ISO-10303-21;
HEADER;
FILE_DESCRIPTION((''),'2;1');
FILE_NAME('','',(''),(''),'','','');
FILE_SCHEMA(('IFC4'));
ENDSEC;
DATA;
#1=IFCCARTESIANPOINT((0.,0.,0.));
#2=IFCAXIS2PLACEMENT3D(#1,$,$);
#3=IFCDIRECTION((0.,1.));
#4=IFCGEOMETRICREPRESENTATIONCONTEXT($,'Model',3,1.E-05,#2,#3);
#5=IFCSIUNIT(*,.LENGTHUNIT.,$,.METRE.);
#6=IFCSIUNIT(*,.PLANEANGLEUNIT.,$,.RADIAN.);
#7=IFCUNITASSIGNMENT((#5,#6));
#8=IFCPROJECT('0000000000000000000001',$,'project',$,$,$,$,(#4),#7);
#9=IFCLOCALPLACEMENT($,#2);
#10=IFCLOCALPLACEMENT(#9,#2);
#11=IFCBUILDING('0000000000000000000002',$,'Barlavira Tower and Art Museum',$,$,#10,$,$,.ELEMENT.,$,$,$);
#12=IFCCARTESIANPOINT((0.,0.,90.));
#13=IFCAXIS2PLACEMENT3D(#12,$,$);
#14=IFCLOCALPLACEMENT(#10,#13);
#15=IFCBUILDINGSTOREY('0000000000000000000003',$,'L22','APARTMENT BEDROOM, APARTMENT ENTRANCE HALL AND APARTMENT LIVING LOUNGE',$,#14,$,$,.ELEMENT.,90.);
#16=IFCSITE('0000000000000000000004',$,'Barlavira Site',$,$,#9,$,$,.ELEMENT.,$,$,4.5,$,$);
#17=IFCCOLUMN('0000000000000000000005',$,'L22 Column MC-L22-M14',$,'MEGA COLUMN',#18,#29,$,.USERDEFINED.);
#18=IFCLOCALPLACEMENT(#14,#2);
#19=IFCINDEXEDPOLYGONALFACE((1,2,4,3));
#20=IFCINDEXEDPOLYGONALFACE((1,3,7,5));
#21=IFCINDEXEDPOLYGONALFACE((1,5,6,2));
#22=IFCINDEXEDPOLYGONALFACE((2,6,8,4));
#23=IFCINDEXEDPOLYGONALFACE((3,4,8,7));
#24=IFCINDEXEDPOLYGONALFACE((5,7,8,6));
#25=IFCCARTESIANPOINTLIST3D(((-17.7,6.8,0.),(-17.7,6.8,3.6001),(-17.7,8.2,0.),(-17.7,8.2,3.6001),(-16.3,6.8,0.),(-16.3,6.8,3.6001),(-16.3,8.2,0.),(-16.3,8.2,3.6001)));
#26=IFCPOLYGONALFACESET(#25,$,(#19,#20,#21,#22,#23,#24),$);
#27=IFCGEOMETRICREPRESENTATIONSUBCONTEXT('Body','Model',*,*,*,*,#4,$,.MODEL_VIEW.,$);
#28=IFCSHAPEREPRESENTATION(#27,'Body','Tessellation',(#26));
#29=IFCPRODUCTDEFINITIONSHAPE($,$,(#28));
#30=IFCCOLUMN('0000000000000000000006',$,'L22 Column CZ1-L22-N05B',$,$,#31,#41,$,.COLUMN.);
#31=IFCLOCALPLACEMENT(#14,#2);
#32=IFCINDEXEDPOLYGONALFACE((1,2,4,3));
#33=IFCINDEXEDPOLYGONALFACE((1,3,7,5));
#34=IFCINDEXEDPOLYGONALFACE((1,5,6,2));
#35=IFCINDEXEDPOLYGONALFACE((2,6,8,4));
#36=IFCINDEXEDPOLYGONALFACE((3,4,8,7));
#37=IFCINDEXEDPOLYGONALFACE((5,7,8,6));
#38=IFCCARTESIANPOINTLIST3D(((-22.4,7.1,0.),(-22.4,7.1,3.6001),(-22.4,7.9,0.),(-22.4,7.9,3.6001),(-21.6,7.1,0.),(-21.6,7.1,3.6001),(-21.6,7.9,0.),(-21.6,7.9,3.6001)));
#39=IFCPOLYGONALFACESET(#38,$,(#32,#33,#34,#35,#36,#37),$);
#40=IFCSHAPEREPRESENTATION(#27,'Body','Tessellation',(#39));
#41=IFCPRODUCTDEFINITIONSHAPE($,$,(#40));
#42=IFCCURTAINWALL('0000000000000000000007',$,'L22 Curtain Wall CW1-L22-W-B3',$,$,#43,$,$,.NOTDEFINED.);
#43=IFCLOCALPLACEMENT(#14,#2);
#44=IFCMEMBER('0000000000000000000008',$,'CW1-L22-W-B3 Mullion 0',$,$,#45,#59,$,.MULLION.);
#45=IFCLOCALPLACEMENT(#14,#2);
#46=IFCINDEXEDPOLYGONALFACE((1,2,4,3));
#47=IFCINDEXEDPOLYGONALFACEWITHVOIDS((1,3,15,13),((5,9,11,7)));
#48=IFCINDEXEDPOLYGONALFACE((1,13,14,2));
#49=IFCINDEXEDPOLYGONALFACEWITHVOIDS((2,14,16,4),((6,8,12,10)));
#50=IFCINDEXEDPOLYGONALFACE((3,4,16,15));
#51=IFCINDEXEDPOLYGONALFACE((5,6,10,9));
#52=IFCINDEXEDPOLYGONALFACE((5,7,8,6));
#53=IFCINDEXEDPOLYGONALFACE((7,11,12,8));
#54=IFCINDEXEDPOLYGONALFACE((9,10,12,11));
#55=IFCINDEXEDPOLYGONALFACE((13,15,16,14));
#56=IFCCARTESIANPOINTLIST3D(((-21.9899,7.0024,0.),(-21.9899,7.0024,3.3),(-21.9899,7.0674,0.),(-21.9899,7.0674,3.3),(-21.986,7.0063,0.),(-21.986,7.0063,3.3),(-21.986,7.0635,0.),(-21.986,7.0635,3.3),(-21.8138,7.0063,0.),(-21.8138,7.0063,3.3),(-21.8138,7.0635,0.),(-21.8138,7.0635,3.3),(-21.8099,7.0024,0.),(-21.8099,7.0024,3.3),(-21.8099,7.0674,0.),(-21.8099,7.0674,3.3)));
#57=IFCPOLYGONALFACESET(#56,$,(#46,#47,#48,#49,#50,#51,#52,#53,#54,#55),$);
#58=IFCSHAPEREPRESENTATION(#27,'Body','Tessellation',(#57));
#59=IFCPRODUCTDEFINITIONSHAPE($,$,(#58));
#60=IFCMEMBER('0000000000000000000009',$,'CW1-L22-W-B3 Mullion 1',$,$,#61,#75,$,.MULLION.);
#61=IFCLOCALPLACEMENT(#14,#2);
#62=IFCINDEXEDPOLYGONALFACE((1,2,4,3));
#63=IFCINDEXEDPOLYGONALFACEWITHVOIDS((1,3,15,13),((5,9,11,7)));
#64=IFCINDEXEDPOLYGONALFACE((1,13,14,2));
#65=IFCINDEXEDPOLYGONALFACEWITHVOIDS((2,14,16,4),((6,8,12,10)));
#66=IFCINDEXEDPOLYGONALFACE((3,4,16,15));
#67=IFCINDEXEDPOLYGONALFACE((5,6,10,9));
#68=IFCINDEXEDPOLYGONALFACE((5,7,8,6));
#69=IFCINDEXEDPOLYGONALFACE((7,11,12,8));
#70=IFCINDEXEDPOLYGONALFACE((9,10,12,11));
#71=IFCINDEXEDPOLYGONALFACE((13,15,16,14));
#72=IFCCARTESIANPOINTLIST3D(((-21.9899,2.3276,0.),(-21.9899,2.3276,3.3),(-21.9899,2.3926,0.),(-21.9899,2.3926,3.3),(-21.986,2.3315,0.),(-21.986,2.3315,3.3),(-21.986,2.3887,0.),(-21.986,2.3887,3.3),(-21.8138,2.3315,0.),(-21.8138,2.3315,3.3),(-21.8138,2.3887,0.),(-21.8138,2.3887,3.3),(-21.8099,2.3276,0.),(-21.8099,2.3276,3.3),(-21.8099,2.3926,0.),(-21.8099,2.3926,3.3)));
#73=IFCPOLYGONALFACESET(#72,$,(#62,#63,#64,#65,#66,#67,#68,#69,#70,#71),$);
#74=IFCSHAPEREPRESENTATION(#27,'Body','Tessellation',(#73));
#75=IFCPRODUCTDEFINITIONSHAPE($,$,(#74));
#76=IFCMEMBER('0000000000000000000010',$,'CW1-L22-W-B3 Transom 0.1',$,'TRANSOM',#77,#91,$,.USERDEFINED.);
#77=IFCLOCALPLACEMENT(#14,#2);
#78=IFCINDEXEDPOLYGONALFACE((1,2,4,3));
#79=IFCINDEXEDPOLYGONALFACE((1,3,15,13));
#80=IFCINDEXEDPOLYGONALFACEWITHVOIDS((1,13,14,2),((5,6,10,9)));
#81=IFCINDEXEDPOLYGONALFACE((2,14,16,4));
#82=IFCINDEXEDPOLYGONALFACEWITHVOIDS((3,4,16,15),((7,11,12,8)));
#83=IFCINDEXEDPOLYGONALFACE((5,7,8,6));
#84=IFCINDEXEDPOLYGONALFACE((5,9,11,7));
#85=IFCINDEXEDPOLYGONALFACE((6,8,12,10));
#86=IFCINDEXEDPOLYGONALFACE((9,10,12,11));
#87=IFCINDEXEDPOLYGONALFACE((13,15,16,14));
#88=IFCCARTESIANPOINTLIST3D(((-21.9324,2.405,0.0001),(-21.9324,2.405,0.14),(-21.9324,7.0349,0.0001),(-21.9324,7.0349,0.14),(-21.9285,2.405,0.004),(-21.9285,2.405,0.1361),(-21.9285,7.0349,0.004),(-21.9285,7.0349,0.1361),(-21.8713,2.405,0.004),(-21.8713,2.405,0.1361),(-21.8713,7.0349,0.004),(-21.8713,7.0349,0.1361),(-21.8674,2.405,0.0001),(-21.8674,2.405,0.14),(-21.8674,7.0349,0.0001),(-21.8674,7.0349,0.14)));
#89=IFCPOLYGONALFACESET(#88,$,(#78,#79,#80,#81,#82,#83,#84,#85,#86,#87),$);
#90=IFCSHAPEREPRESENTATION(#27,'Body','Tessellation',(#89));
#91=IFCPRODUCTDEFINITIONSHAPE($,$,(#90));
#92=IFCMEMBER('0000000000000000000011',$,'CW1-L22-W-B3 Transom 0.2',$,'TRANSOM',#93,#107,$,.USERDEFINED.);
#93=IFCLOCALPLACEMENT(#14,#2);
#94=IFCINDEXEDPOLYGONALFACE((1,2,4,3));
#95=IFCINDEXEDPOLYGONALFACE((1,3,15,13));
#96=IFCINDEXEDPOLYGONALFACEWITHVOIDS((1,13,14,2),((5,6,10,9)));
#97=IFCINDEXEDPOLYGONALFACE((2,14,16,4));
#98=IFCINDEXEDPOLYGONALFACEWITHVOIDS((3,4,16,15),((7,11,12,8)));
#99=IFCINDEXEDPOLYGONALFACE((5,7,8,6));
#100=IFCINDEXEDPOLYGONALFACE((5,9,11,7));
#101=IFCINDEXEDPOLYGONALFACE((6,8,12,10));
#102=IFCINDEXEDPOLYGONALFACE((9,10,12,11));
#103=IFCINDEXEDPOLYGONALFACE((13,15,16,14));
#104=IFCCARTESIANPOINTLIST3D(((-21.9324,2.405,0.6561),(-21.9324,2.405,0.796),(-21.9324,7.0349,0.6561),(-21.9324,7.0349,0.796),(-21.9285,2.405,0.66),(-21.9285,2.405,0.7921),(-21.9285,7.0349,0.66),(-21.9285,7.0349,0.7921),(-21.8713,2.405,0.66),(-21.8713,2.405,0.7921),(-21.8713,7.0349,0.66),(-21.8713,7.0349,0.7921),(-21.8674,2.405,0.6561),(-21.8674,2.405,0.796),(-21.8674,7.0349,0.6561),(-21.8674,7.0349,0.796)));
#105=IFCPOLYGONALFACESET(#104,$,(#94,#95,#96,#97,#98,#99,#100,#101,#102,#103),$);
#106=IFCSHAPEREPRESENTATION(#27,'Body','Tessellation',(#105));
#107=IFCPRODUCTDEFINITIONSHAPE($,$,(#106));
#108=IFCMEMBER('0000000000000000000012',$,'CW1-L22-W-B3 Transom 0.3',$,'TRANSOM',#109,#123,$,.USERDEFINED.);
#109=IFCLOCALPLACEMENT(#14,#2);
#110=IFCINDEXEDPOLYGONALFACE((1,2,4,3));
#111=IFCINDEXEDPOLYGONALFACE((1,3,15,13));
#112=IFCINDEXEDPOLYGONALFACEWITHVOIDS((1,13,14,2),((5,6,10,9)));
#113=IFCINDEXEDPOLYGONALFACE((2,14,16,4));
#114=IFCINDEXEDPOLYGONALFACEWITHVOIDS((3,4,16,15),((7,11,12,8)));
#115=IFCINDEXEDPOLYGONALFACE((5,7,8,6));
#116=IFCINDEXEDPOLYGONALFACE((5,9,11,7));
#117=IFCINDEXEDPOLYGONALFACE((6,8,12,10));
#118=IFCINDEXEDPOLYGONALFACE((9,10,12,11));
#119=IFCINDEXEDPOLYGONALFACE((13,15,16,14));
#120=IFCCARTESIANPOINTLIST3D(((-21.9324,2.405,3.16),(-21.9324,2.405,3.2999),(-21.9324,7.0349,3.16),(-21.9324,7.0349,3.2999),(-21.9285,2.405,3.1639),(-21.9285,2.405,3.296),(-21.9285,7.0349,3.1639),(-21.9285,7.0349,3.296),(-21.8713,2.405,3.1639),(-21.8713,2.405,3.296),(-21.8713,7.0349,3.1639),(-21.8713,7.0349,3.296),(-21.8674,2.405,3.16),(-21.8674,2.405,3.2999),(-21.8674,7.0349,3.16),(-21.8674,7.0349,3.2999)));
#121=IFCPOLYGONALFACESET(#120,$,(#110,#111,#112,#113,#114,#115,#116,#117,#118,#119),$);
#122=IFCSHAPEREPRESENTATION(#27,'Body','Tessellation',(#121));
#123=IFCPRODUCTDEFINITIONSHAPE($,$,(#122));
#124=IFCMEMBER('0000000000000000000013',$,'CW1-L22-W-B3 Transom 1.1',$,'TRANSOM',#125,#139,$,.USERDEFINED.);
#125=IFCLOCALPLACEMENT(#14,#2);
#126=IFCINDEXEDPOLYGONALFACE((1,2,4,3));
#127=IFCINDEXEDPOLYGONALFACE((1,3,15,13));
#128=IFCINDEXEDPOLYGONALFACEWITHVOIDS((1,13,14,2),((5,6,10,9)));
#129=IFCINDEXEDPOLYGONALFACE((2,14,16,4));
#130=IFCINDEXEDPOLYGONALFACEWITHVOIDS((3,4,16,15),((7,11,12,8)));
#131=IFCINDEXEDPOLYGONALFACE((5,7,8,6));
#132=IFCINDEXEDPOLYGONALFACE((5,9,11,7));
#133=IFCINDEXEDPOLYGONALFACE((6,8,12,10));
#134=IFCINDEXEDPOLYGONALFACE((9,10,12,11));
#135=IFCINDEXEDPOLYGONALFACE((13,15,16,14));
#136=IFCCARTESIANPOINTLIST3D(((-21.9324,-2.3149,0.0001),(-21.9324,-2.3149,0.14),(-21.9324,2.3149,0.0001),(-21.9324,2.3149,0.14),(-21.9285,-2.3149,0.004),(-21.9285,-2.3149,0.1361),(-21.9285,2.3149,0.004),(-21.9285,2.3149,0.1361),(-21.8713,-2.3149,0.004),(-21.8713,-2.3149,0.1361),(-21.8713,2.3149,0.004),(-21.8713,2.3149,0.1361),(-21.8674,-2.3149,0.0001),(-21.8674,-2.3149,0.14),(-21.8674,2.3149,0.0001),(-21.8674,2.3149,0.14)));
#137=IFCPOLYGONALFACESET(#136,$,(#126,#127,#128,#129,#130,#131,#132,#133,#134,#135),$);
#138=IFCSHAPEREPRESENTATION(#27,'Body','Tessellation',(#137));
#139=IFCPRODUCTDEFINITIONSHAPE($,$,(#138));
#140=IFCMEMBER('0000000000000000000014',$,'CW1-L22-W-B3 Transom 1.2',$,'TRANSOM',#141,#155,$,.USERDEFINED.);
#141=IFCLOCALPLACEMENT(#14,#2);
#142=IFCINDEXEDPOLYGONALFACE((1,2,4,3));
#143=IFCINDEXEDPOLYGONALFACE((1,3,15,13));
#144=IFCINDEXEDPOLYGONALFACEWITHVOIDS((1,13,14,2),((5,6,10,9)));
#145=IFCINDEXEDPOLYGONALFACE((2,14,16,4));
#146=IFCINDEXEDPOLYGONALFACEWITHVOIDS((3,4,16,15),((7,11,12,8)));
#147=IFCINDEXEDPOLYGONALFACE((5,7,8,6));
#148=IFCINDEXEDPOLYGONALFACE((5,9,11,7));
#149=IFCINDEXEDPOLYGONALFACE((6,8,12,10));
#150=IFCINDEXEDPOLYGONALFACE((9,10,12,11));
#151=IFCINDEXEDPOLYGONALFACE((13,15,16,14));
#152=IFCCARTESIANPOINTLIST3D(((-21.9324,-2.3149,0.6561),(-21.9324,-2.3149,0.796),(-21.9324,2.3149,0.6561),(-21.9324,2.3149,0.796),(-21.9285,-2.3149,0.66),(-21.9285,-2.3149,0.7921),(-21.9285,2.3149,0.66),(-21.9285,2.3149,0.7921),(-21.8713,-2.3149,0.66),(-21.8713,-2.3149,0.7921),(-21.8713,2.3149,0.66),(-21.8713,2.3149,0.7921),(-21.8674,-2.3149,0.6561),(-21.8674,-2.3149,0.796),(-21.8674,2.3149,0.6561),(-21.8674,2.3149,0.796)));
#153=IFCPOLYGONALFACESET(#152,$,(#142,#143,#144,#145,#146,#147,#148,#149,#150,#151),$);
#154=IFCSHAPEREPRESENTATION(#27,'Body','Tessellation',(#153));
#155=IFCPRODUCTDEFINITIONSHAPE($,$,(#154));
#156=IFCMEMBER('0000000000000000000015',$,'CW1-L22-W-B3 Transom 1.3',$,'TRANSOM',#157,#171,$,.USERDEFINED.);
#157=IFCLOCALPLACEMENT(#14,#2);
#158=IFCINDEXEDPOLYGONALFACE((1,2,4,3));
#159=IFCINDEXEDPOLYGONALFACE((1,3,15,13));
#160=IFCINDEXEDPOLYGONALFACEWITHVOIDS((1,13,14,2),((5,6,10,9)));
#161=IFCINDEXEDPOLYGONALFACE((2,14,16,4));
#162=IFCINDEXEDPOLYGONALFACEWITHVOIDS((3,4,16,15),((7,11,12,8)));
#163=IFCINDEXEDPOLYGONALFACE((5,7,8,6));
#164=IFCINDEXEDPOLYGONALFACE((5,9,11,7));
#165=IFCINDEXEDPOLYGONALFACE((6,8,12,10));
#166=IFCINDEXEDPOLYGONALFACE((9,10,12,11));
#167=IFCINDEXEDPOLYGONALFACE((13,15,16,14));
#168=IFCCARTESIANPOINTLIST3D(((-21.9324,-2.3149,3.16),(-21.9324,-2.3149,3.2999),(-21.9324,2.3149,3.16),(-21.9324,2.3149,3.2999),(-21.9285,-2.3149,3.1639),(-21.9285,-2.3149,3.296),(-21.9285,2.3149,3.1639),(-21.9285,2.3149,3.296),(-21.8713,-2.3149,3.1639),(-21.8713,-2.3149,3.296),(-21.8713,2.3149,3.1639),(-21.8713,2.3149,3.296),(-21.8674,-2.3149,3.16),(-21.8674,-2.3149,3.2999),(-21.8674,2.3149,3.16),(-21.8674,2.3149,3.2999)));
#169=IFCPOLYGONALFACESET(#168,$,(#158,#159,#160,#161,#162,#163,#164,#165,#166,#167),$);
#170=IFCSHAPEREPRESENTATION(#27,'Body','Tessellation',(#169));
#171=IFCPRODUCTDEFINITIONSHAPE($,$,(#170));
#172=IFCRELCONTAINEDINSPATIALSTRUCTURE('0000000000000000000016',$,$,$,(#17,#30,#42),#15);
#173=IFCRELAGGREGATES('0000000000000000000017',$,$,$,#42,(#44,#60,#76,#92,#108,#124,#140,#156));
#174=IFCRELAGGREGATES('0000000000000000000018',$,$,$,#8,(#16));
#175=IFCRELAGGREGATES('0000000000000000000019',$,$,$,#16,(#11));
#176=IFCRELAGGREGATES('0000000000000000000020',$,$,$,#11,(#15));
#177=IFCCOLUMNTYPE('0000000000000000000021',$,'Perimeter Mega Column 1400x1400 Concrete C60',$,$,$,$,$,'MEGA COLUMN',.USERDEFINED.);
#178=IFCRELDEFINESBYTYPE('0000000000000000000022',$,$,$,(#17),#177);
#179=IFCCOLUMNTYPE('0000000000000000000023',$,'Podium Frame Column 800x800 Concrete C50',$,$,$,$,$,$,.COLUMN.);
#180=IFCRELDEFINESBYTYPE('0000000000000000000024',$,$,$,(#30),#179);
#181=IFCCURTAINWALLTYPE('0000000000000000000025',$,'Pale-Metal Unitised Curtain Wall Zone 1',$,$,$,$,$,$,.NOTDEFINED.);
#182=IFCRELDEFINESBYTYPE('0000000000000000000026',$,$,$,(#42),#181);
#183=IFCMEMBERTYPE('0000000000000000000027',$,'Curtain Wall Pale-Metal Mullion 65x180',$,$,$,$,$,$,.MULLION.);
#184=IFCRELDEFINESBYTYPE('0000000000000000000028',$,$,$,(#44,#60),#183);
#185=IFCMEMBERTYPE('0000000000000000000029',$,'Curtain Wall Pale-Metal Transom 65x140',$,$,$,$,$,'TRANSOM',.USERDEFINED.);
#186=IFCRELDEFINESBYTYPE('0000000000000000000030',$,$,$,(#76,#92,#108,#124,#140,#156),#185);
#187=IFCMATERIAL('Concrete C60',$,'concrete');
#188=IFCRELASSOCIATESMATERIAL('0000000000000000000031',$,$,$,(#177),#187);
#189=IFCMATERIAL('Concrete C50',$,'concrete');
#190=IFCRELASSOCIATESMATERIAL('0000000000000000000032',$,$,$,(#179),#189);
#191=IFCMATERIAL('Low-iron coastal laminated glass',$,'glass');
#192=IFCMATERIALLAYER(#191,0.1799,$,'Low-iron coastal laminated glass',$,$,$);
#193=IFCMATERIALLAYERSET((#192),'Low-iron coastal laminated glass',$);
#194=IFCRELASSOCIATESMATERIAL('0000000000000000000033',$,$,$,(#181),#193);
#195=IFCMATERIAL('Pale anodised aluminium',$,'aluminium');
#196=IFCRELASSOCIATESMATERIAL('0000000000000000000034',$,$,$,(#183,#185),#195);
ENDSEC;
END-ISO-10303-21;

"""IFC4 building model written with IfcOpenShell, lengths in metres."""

from ifc_helpers import new_model, si_unit, direction, frame, origin, origin_2d, place, context, subcontext, project, spatial, rectangle, hollow_rectangle, extrude, material, layer, layer_set, material_profile, profile_set, type_object, element, aggregate, save


model = new_model("IFC4")

# Units and contexts
model_context = context("Model", 3, precision=1e-05, world=origin(), true_north=direction((0.0, 1.0)))
body_context = subcontext(model_context, "Body", "Model", "MODEL_VIEW")
ifc_project = project(units=[si_unit("LENGTHUNIT", "METRE"), si_unit("PLANEANGLEUNIT", "RADIAN")], contexts=[model_context])

# Site, building, storey
site_placement = place(None, origin())
site = spatial("IfcSite", under=ifc_project, at=site_placement, Name="Barlavira Site", CompositionType="ELEMENT", RefElevation=4.5)
building_placement = place(site_placement, origin())
building = spatial("IfcBuilding", under=site, at=building_placement, Name="Barlavira Tower and Art Museum", CompositionType="ELEMENT")
storey_placement = place(building_placement, frame((0.0, 0.0, 90.0)))
storey = spatial("IfcBuildingStorey", under=building, at=storey_placement, Name="L22", Description="APARTMENT BEDROOM, APARTMENT ENTRANCE HALL AND APARTMENT LIVING LOUNGE", CompositionType="ELEMENT", Elevation=90.0)

# Columns
ifc_material_1 = material(Name="Concrete C60", Category="concrete")
ifc_material_profile_1 = material_profile(ifc_material_1, rectangle(XDim=1.3999, YDim=1.3999, at=origin_2d()), Name="RC-MCOL 1400x1400")
ifc_profile_set_1 = profile_set([ifc_material_profile_1], Name="Concrete C60")
column_type_1 = type_object("IfcColumnType", Name="Perimeter Mega Column 1400x1400 Concrete C60", ElementType="MEGA COLUMN", PredefinedType="USERDEFINED", material=ifc_profile_set_1)
column_1_placement = place(storey_placement, frame((-17.0, 7.5, 0.0), z_axis=(0.0, 0.0, 1.0), x_axis=(1.0, 0.0, 0.0)))
element("IfcColumn", 1, at=column_1_placement, inside=storey, type_object=column_type_1, Name="L22 Column MC-L22-M14", ObjectType="MEGA COLUMN", PredefinedType="USERDEFINED", context=body_context, shape_type="SweptSolid", body=[
    extrude(rectangle(XDim=1.3999, YDim=1.3999, at=origin_2d()), origin(), (0.0, 0.0, 1.0), 3.6001),
])
ifc_material_2 = material(Name="Concrete C50", Category="concrete")
ifc_material_profile_2 = material_profile(ifc_material_2, rectangle(XDim=0.8, YDim=0.8, at=origin_2d()), Name="RC-COL 800x800")
ifc_profile_set_2 = profile_set([ifc_material_profile_2], Name="Concrete C50")
column_type_2 = type_object("IfcColumnType", Name="Podium Frame Column 800x800 Concrete C50", PredefinedType="COLUMN", material=ifc_profile_set_2)
column_2_placement = place(storey_placement, frame((-22.0, 7.5, 0.0), z_axis=(0.0, 0.0, 1.0), x_axis=(1.0, 0.0, 0.0)))
element("IfcColumn", 2, at=column_2_placement, inside=storey, type_object=column_type_2, Name="L22 Column CZ1-L22-N05B", PredefinedType="COLUMN", context=body_context, shape_type="SweptSolid", body=[
    extrude(rectangle(XDim=0.8, YDim=0.8, at=origin_2d()), origin(), (0.0, 0.0, 1.0), 3.6001),
])

# Curtain wall, members
ifc_material_3 = material(Name="Low-iron coastal laminated glass", Category="glass")
ifc_layer_1 = layer(ifc_material_3, 0.1799, Name="Low-iron coastal laminated glass")
ifc_layer_set_1 = layer_set([ifc_layer_1], Name="Low-iron coastal laminated glass")
curtain_wall_type = type_object("IfcCurtainWallType", Name="Pale-Metal Unitised Curtain Wall Zone 1", PredefinedType="NOTDEFINED", material=ifc_layer_set_1)
curtain_wall_placement = place(storey_placement, origin())
curtain_wall = element("IfcCurtainWall", 3, at=curtain_wall_placement, inside=storey, type_object=curtain_wall_type, Name="L22 Curtain Wall CW1-L22-W-B3", PredefinedType="NOTDEFINED")
ifc_material_4 = material(Name="Pale anodised aluminium", Category="aluminium")
ifc_material_profile_3 = material_profile(ifc_material_4, hollow_rectangle(XDim=0.0649, YDim=0.1799, WallThickness=0.0039, at=origin_2d()), Name="ALU-MULL 65x180x4")
ifc_profile_set_3 = profile_set([ifc_material_profile_3], Name="Pale anodised aluminium")
member_type_1 = type_object("IfcMemberType", Name="Curtain Wall Pale-Metal Mullion 65x180", PredefinedType="MULLION", material=ifc_profile_set_3)
member_1_placement = place(storey_placement, frame((-21.8999, 7.0349, 0.0), z_axis=(0.0, 0.0, 1.0), x_axis=(0.0, -1.0, 0.0)))
member_1 = element("IfcMember", 4, at=member_1_placement, type_object=member_type_1, Name="CW1-L22-W-B3 Mullion 0", PredefinedType="MULLION", context=body_context, shape_type="SweptSolid", body=[
    extrude(hollow_rectangle(XDim=0.0649, YDim=0.1799, WallThickness=0.0039, at=origin_2d()), origin(), (0.0, 0.0, 1.0), 3.3),
])
member_2_placement = place(storey_placement, frame((-21.8999, 2.3601, 0.0), z_axis=(0.0, 0.0, 1.0), x_axis=(0.0, -1.0, 0.0)))
member_2 = element("IfcMember", 5, at=member_2_placement, type_object=member_type_1, Name="CW1-L22-W-B3 Mullion 1", PredefinedType="MULLION", context=body_context, shape_type="SweptSolid", body=[
    extrude(hollow_rectangle(XDim=0.0649, YDim=0.1799, WallThickness=0.0039, at=origin_2d()), origin(), (0.0, 0.0, 1.0), 3.3),
])
ifc_material_profile_4 = material_profile(ifc_material_4, hollow_rectangle(XDim=0.0649, YDim=0.1399, WallThickness=0.0039, at=origin_2d()), Name="ALU-TRAN 65x140x4")
ifc_profile_set_4 = profile_set([ifc_material_profile_4], Name="Pale anodised aluminium")
member_type_2 = type_object("IfcMemberType", Name="Curtain Wall Pale-Metal Transom 65x140", ElementType="TRANSOM", PredefinedType="USERDEFINED", material=ifc_profile_set_4)
member_3_placement = place(storey_placement, frame((-21.8999, 7.0349, 0.0701), z_axis=(0.0, -1.0, 0.0), x_axis=(1.0, 0.0, 0.0)))
member_3 = element("IfcMember", 6, at=member_3_placement, type_object=member_type_2, Name="CW1-L22-W-B3 Transom 0.1", ObjectType="TRANSOM", PredefinedType="USERDEFINED", context=body_context, shape_type="SweptSolid", body=[
    extrude(hollow_rectangle(XDim=0.0649, YDim=0.1399, WallThickness=0.0039, at=origin_2d()), origin(), (0.0, 0.0, 1.0), 4.6299),
])
member_4_placement = place(storey_placement, frame((-21.8999, 7.0349, 0.7261), z_axis=(0.0, -1.0, 0.0), x_axis=(1.0, 0.0, 0.0)))
member_4 = element("IfcMember", 7, at=member_4_placement, type_object=member_type_2, Name="CW1-L22-W-B3 Transom 0.2", ObjectType="TRANSOM", PredefinedType="USERDEFINED", context=body_context, shape_type="SweptSolid", body=[
    extrude(hollow_rectangle(XDim=0.0649, YDim=0.1399, WallThickness=0.0039, at=origin_2d()), origin(), (0.0, 0.0, 1.0), 4.6299),
])
member_5_placement = place(storey_placement, frame((-21.8999, 7.0349, 3.23), z_axis=(0.0, -1.0, 0.0), x_axis=(1.0, 0.0, 0.0)))
member_5 = element("IfcMember", 8, at=member_5_placement, type_object=member_type_2, Name="CW1-L22-W-B3 Transom 0.3", ObjectType="TRANSOM", PredefinedType="USERDEFINED", context=body_context, shape_type="SweptSolid", body=[
    extrude(hollow_rectangle(XDim=0.0649, YDim=0.1399, WallThickness=0.0039, at=origin_2d()), origin(), (0.0, 0.0, 1.0), 4.6299),
])
member_6_placement = place(storey_placement, frame((-21.8999, 2.3149, 0.0701), z_axis=(0.0, -1.0, 0.0), x_axis=(1.0, 0.0, 0.0)))
member_6 = element("IfcMember", 9, at=member_6_placement, type_object=member_type_2, Name="CW1-L22-W-B3 Transom 1.1", ObjectType="TRANSOM", PredefinedType="USERDEFINED", context=body_context, shape_type="SweptSolid", body=[
    extrude(hollow_rectangle(XDim=0.0649, YDim=0.1399, WallThickness=0.0039, at=origin_2d()), origin(), (0.0, 0.0, 1.0), 4.6299),
])
member_7_placement = place(storey_placement, frame((-21.8999, 2.3149, 0.7261), z_axis=(0.0, -1.0, 0.0), x_axis=(1.0, 0.0, 0.0)))
member_7 = element("IfcMember", 10, at=member_7_placement, type_object=member_type_2, Name="CW1-L22-W-B3 Transom 1.2", ObjectType="TRANSOM", PredefinedType="USERDEFINED", context=body_context, shape_type="SweptSolid", body=[
    extrude(hollow_rectangle(XDim=0.0649, YDim=0.1399, WallThickness=0.0039, at=origin_2d()), origin(), (0.0, 0.0, 1.0), 4.6299),
])
member_8_placement = place(storey_placement, frame((-21.8999, 2.3149, 3.23), z_axis=(0.0, -1.0, 0.0), x_axis=(1.0, 0.0, 0.0)))
member_8 = element("IfcMember", 11, at=member_8_placement, type_object=member_type_2, Name="CW1-L22-W-B3 Transom 1.3", ObjectType="TRANSOM", PredefinedType="USERDEFINED", context=body_context, shape_type="SweptSolid", body=[
    extrude(hollow_rectangle(XDim=0.0649, YDim=0.1399, WallThickness=0.0039, at=origin_2d()), origin(), (0.0, 0.0, 1.0), 4.6299),
])

aggregate(curtain_wall, [member_1, member_2, member_3, member_4, member_5, member_6, member_7, member_8])

save(model, "model.ifc")
